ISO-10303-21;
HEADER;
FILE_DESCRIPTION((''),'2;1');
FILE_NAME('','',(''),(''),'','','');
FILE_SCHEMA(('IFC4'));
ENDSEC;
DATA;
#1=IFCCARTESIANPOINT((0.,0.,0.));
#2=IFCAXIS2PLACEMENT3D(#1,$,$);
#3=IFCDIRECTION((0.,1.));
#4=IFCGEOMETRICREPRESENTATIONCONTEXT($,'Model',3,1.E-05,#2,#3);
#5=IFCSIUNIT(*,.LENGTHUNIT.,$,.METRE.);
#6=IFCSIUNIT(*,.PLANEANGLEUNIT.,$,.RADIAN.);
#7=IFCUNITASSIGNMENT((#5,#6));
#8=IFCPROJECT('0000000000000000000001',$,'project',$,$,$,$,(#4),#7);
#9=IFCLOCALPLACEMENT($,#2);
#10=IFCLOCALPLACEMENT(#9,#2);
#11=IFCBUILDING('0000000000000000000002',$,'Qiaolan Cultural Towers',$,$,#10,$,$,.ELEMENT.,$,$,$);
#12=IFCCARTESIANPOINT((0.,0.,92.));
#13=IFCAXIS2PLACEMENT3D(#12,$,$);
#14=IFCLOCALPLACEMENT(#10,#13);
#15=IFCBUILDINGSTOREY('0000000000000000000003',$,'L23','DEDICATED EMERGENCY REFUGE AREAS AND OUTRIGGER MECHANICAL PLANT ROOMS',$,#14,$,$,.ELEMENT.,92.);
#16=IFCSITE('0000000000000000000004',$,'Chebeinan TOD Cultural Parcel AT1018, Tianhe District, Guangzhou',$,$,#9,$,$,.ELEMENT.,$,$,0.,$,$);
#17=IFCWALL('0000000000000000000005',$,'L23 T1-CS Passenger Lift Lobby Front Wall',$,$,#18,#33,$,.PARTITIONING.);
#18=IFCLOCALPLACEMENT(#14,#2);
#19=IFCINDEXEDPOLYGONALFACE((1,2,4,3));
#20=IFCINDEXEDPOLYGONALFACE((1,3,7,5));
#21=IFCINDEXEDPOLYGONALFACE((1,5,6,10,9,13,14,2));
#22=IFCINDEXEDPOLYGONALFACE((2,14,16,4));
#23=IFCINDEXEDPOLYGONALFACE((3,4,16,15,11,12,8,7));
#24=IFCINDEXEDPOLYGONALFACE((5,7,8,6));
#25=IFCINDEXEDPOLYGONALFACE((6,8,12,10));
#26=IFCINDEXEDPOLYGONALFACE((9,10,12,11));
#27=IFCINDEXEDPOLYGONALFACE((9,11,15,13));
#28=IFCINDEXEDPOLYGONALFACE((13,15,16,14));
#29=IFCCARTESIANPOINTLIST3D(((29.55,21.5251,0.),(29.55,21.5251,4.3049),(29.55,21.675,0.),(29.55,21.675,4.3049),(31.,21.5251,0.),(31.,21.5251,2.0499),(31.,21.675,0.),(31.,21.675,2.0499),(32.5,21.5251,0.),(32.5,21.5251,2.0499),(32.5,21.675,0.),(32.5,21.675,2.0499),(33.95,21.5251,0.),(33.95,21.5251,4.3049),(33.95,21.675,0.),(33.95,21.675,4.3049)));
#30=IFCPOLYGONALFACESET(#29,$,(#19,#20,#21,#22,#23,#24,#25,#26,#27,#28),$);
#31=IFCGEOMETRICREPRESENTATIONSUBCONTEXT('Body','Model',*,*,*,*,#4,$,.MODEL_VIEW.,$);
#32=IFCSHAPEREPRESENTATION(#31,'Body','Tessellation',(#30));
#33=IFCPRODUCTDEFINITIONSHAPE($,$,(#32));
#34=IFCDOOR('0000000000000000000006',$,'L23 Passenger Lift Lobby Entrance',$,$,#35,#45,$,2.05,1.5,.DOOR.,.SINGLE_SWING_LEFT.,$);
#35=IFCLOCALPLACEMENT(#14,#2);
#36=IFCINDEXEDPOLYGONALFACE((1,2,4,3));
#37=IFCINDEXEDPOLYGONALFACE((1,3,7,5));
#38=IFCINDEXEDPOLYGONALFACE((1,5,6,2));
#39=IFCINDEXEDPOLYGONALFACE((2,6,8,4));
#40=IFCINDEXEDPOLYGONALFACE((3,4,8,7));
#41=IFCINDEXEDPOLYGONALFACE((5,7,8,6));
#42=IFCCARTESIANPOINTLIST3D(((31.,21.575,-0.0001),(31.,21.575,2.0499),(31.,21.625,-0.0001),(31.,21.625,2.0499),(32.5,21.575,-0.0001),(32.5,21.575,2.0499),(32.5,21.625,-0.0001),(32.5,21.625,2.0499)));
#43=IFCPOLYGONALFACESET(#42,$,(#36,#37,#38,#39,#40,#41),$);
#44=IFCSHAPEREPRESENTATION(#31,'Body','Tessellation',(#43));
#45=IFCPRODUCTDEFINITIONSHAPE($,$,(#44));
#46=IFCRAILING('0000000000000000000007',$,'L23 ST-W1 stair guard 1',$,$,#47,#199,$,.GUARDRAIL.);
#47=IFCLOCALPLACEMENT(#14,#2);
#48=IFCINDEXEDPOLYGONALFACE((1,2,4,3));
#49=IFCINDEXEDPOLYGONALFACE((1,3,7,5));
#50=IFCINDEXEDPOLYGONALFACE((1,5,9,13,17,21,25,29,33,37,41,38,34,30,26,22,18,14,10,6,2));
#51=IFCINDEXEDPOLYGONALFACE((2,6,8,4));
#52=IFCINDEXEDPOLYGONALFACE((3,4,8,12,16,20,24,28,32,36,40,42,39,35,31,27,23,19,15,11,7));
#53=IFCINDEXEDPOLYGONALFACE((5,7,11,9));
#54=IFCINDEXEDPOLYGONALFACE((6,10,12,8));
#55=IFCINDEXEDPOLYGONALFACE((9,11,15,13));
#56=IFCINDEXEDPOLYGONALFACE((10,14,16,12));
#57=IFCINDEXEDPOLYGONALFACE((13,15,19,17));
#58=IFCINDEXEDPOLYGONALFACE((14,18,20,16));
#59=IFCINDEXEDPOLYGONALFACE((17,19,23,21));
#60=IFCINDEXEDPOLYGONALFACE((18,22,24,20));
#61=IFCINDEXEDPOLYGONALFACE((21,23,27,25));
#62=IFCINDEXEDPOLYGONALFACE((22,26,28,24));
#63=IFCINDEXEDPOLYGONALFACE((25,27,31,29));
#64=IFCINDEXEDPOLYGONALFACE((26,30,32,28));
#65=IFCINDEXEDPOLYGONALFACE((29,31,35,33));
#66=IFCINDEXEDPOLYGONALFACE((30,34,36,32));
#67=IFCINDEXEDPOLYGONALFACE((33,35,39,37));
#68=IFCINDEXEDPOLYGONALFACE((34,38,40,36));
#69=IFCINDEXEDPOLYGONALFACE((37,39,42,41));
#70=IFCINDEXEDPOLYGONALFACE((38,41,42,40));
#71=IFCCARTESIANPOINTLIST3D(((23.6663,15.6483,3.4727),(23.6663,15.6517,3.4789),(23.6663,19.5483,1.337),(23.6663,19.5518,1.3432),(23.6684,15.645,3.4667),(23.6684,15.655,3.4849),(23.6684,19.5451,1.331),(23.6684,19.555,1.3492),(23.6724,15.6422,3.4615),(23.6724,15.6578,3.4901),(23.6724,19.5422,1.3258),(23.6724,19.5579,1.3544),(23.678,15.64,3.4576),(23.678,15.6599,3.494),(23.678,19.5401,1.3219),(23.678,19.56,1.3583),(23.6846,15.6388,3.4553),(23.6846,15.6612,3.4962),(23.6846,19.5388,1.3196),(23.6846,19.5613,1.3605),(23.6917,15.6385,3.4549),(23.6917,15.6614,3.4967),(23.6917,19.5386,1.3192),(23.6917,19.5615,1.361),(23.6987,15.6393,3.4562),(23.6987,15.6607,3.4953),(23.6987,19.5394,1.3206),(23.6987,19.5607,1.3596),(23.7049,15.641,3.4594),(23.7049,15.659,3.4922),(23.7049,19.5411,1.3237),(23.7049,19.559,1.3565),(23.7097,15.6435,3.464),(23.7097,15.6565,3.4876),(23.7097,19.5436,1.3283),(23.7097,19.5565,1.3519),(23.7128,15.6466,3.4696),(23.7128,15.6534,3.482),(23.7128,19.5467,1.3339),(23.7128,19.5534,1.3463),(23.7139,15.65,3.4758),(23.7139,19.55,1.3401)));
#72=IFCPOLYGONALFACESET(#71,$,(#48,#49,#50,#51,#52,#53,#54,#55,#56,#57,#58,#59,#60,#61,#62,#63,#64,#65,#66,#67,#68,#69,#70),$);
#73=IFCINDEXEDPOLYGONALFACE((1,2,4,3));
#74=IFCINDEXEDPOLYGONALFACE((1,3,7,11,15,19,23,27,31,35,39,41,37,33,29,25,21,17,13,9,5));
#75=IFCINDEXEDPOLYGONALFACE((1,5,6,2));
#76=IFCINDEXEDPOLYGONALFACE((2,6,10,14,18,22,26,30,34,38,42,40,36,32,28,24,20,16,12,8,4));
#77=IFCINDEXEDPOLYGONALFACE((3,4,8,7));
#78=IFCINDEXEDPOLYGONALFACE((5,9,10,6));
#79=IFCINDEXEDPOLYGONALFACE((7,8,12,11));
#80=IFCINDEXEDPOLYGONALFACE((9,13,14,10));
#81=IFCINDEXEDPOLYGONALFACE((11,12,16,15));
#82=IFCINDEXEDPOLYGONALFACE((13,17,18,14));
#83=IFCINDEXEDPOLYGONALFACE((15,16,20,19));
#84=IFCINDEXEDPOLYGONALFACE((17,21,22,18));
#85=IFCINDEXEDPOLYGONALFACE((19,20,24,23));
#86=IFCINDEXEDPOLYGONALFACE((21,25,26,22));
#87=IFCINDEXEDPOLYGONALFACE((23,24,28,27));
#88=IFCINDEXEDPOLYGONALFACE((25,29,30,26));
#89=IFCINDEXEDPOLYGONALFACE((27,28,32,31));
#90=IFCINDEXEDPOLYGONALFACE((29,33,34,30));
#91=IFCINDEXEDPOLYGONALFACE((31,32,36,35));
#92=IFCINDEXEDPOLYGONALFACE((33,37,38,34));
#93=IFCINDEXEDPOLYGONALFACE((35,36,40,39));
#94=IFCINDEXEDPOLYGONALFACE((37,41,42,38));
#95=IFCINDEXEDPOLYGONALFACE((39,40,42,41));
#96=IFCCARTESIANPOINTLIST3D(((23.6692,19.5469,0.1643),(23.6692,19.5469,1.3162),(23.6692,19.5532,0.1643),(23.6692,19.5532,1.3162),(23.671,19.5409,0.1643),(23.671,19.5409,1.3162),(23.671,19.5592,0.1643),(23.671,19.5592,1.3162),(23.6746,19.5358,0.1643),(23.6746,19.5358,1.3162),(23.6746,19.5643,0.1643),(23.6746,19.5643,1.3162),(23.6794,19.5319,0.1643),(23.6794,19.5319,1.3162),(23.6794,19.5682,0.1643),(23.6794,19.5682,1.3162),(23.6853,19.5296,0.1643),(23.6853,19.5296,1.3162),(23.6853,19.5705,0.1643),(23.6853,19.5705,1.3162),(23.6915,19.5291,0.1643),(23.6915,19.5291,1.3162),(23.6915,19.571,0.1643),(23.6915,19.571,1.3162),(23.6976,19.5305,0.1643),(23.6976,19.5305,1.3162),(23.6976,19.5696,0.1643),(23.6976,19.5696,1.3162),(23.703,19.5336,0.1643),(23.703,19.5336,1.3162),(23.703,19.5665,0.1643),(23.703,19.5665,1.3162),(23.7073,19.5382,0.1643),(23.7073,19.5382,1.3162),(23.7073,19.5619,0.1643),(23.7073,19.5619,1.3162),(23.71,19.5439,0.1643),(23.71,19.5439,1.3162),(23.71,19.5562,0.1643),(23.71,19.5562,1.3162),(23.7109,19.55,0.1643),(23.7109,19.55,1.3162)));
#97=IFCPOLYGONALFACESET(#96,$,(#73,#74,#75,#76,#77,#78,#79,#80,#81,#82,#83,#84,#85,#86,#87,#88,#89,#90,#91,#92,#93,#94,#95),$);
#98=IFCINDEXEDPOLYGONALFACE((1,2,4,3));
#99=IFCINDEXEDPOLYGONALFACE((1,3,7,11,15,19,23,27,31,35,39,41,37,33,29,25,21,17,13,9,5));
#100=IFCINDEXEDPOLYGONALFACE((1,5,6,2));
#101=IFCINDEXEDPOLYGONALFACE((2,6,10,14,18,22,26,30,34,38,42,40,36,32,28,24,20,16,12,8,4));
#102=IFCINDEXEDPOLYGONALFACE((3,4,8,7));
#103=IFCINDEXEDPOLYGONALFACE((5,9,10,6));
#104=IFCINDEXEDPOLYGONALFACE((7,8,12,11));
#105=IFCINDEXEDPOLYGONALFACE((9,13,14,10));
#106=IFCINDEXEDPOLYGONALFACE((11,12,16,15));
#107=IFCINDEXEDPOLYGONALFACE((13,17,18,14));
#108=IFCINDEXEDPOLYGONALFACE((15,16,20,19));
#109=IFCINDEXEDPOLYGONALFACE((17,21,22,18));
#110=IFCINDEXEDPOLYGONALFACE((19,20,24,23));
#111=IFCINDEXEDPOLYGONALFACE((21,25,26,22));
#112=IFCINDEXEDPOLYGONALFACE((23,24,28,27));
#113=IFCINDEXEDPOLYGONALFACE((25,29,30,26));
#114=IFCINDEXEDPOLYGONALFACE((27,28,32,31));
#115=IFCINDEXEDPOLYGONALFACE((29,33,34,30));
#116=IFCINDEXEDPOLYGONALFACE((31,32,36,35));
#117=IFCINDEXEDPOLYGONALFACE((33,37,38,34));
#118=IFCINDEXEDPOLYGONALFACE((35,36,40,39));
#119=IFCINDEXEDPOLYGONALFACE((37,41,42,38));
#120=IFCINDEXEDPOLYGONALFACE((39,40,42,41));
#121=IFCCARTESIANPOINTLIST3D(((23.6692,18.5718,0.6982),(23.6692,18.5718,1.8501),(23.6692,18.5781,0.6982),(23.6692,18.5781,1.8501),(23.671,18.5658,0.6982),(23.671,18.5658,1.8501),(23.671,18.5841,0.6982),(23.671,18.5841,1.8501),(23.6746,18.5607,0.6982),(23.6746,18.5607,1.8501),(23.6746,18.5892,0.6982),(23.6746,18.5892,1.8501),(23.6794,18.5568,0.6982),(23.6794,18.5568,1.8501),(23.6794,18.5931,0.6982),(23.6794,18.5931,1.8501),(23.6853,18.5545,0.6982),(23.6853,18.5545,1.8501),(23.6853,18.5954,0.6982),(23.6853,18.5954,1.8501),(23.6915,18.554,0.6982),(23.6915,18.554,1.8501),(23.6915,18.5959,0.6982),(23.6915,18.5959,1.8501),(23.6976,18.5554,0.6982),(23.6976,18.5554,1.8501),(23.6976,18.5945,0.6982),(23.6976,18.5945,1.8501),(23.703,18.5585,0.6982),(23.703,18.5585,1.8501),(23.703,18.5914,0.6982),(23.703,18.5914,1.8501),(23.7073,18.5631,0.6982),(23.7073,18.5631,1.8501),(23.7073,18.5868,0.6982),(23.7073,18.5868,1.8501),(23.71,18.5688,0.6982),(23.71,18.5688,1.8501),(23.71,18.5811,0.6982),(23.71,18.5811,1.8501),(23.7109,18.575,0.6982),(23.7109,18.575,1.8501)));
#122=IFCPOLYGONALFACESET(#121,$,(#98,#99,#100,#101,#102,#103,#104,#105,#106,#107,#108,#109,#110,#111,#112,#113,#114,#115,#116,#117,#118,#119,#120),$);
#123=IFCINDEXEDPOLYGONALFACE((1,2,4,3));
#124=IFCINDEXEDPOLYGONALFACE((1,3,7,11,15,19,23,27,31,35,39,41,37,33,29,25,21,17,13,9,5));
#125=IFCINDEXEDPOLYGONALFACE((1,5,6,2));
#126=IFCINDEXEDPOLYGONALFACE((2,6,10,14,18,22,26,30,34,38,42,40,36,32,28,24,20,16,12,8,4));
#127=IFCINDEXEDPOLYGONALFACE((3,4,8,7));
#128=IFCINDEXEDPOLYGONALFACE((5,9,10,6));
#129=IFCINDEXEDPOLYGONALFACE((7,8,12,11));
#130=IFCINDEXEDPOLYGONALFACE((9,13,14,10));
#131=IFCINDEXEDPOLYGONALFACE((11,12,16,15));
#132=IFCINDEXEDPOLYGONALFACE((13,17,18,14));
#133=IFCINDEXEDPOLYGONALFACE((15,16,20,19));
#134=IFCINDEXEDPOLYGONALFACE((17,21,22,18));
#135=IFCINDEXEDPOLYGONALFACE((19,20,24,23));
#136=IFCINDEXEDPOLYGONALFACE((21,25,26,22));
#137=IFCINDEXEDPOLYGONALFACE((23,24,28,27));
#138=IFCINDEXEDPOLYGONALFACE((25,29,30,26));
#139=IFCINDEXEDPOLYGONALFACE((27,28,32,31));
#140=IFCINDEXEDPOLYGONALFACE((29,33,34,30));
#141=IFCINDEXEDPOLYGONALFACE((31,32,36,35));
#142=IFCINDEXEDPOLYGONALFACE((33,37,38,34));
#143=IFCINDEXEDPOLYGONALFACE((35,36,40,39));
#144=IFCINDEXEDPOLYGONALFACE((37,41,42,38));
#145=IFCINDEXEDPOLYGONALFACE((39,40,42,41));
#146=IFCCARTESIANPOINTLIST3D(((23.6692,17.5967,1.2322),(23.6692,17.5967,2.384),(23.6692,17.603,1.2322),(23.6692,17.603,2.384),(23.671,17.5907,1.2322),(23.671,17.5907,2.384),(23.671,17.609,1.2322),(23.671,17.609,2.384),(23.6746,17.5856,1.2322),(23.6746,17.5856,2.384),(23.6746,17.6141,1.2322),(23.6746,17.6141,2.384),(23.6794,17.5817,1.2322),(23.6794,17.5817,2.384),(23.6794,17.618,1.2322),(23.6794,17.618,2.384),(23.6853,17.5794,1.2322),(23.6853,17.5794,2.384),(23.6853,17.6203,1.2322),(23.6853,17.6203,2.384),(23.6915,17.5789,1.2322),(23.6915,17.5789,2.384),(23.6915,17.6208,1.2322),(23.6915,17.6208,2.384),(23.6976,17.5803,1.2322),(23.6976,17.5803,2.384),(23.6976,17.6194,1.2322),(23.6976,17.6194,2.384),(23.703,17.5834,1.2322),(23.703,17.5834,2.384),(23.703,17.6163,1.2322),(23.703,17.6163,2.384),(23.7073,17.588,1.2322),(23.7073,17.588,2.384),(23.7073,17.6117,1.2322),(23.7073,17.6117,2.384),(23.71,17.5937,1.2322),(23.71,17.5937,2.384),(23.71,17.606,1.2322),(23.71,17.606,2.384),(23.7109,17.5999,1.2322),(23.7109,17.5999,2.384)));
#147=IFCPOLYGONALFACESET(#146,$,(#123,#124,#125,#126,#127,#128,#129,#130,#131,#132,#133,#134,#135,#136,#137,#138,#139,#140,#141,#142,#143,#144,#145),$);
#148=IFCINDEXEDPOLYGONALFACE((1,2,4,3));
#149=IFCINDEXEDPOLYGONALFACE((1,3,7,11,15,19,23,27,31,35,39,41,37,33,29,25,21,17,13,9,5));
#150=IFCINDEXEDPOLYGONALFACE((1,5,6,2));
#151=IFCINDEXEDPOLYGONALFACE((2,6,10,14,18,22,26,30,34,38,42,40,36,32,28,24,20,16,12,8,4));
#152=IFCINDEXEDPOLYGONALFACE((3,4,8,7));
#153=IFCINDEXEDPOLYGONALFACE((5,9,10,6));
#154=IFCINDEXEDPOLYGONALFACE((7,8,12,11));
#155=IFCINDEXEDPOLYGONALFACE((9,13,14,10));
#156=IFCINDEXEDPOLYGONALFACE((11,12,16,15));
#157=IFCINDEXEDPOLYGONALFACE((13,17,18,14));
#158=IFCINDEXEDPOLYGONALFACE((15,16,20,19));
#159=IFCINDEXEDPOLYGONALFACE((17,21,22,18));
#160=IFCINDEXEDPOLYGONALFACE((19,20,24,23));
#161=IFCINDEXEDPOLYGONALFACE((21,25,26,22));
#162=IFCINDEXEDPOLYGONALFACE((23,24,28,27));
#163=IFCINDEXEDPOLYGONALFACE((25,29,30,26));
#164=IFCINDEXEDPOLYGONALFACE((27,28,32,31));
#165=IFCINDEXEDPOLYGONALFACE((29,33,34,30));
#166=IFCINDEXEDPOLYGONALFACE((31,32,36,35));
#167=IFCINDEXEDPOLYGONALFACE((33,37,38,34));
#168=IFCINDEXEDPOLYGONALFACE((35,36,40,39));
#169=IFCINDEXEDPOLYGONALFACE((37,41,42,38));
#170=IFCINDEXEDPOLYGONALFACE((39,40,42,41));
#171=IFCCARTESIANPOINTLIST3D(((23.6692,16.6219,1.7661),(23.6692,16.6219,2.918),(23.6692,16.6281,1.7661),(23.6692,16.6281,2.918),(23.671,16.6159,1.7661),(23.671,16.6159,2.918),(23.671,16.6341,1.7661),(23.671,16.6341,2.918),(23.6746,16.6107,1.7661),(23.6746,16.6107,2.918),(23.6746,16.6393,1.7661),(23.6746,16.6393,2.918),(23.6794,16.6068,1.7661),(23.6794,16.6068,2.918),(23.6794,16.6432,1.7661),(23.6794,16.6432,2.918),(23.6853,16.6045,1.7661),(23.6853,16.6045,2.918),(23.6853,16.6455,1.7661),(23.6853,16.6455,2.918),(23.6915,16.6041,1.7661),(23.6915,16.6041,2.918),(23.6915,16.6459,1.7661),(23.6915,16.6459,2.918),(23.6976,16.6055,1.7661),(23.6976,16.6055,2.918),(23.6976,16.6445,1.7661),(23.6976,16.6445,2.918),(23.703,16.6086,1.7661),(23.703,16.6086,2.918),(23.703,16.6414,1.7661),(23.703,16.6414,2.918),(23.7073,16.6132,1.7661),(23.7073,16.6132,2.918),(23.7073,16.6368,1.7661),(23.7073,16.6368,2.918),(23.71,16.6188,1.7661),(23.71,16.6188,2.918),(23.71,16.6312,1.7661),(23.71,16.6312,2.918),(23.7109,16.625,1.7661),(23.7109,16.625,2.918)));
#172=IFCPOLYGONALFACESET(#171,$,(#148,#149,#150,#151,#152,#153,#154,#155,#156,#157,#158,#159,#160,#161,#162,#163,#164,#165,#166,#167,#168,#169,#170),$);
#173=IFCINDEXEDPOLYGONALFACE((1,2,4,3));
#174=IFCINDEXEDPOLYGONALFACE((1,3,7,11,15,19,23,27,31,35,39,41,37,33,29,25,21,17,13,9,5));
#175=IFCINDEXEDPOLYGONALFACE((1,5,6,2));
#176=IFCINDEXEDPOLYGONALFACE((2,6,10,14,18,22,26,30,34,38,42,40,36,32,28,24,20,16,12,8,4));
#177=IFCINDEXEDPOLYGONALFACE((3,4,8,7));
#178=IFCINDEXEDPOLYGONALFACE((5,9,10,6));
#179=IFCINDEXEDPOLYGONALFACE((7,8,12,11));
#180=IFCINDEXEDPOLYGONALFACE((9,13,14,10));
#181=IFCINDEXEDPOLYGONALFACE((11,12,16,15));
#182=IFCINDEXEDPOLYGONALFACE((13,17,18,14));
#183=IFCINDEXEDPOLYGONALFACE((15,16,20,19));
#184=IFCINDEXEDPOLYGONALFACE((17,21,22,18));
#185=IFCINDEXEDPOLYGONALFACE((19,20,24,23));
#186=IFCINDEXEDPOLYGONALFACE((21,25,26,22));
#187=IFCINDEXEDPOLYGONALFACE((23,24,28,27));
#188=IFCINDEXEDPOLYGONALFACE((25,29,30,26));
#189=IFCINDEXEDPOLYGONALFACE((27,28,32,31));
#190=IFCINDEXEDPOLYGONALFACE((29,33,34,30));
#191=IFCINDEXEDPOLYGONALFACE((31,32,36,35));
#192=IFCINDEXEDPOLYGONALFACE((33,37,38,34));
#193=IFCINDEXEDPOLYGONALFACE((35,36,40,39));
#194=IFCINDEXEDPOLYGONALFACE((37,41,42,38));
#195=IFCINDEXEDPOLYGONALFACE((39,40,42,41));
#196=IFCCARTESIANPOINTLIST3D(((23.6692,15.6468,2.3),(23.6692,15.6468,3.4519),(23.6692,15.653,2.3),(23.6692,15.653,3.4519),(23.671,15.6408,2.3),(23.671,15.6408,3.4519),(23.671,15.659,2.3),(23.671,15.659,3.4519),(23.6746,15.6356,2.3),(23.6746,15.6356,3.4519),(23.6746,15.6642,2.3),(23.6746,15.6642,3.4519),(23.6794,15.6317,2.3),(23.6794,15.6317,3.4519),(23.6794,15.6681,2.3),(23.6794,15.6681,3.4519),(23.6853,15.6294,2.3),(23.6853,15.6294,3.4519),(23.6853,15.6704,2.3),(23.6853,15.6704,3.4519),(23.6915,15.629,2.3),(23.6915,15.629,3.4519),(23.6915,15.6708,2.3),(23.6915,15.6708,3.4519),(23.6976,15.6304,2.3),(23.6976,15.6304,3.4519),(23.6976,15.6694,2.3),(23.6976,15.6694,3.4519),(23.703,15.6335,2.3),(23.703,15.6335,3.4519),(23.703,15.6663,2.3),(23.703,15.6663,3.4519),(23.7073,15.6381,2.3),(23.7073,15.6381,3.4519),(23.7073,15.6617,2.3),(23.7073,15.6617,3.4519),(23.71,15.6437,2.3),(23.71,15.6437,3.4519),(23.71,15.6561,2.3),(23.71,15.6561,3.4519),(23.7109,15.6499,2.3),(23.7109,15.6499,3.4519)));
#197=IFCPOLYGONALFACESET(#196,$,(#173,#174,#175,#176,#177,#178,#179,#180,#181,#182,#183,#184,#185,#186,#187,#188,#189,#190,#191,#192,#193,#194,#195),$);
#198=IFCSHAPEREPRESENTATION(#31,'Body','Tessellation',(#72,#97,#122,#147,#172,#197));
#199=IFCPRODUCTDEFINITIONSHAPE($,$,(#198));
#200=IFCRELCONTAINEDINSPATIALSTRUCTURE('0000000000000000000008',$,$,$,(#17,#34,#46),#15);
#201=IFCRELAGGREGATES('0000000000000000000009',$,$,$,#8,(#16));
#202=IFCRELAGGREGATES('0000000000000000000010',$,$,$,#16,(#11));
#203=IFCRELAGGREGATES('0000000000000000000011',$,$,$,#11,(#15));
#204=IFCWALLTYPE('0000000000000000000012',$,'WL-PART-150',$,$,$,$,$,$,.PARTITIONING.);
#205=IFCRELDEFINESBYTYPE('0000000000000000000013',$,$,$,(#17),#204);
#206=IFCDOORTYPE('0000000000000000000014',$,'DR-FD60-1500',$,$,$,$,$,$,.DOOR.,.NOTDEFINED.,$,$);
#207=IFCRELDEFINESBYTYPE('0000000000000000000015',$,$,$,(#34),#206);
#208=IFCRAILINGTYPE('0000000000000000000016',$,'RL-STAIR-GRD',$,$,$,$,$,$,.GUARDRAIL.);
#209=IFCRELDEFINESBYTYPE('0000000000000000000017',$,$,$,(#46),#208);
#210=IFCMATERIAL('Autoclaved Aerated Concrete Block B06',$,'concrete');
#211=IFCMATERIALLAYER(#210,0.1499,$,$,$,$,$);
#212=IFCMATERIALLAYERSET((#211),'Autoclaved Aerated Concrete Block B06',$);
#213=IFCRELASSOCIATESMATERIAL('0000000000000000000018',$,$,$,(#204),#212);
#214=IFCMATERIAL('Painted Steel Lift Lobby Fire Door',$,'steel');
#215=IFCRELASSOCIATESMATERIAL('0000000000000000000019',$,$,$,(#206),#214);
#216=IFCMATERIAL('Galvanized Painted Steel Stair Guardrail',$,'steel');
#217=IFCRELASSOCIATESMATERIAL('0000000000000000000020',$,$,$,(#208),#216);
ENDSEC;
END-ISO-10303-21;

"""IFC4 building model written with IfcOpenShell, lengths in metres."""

from ifc_helpers import new_model, si_unit, direction, frame, frame_2d, origin, origin_2d, place, context, subcontext, project, spatial, rectangle, circle, extrude, material, layer, layer_set, type_object, element, fill, save


model = new_model("IFC4")

# Units and contexts
model_context = context("Model", 3, precision=1e-05, world=origin(), true_north=direction((0.0, 1.0)))
body_context = subcontext(model_context, "Body", "Model", "MODEL_VIEW")
ifc_project = project(units=[si_unit("LENGTHUNIT", "METRE"), si_unit("PLANEANGLEUNIT", "RADIAN")], contexts=[model_context])

# Site, building, storey
site_placement = place(None, origin())
site = spatial("IfcSite", under=ifc_project, at=site_placement, Name="Chebeinan TOD Cultural Parcel AT1018, Tianhe District, Guangzhou", CompositionType="ELEMENT", RefElevation=0.0)
building_placement = place(site_placement, origin())
building = spatial("IfcBuilding", under=site, at=building_placement, Name="Qiaolan Cultural Towers", CompositionType="ELEMENT")
storey_placement = place(building_placement, frame((0.0, 0.0, 92.0)))
storey = spatial("IfcBuildingStorey", under=building, at=storey_placement, Name="L23", Description="DEDICATED EMERGENCY REFUGE AREAS AND OUTRIGGER MECHANICAL PLANT ROOMS", CompositionType="ELEMENT", Elevation=92.0)

# Wall, opening, door
ifc_material_1 = material(Name="Autoclaved Aerated Concrete Block B06", Category="concrete")
ifc_layer_1 = layer(ifc_material_1, 0.1499)
ifc_layer_set_1 = layer_set([ifc_layer_1], Name="Autoclaved Aerated Concrete Block B06")
wall_type_1 = type_object("IfcWallType", Name="WL-PART-150", PredefinedType="PARTITIONING", material=ifc_layer_set_1)
wall_1_placement = place(storey_placement, frame((29.55, 21.6001, 0.0), z_axis=(0.0, 0.0, 1.0), x_axis=(1.0, 0.0, 0.0)))
wall_1 = element("IfcWall", 1, at=wall_1_placement, inside=storey, type_object=wall_type_1, Name="L23 T1-CS Passenger Lift Lobby Front Wall", PredefinedType="PARTITIONING", context=body_context, shape_type="SweptSolid", body=[
    extrude(rectangle(XDim=4.3999, YDim=0.1499, at=frame_2d((2.2, 0.0))), origin(), (0.0, 0.0, 1.0), 4.3049),
])
opening_1_placement = place(wall_1_placement, frame((1.45, 0.0, 0.0)))
opening_1 = element("IfcOpeningElement", 2, at=opening_1_placement, cuts=wall_1, PredefinedType="OPENING", context=body_context, shape_type="SweptSolid", body=[
    extrude(rectangle(XDim=1.5, YDim=2.05, at=frame_2d((0.75, 1.0249))), frame((0.0, 0.085, 0.0), z_axis=(0.0, -1.0, 0.0), x_axis=(1.0, 0.0, 0.0)), (0.0, 0.0, 1.0), 0.1699),
])
ifc_material_2 = material(Name="Painted Steel Lift Lobby Fire Door", Category="steel")
door_type_1 = type_object("IfcDoorType", Name="DR-FD60-1500", OperationType="NOTDEFINED", PredefinedType="DOOR", material=ifc_material_2)
door_1_placement = place(opening_1_placement, origin())
door_1 = element("IfcDoor", 3, at=door_1_placement, inside=storey, type_object=door_type_1, Name="L23 Passenger Lift Lobby Entrance", OperationType="SINGLE_SWING_LEFT", OverallHeight=2.05, OverallWidth=1.5, PredefinedType="DOOR", context=body_context, shape_type="SweptSolid", body=[
    extrude(rectangle(XDim=1.5, YDim=2.05, at=frame_2d((0.75, 1.0249))), frame((0.0, 0.0249, 0.0), z_axis=(0.0, -1.0, 0.0), x_axis=(1.0, 0.0, 0.0)), (0.0, 0.0, 1.0), 0.05),
])
fill(opening_1, door_1)

# Railing
ifc_material_3 = material(Name="Galvanized Painted Steel Stair Guardrail", Category="steel")
railing_type = type_object("IfcRailingType", Name="RL-STAIR-GRD", PredefinedType="GUARDRAIL", material=ifc_material_3)
railing_1_placement = place(storey_placement, frame((23.6899, 19.55, 0.1643)))
element("IfcRailing", 4, at=railing_1_placement, inside=storey, type_object=railing_type, Name="L23 ST-W1 stair guard 1", PredefinedType="GUARDRAIL", context=body_context, shape_type="SweptSolid", body=[
    extrude(circle(Radius=0.0239, at=origin_2d()), frame((0.0, 0.0, 1.1758), z_axis=(0.0, -0.877101, 0.480306), x_axis=(1.0, 0.0, 0.0)), (0.0, 0.0, 1.0), 4.4465),
    extrude(circle(Radius=0.021, at=origin_2d()), origin(), (0.0, 0.0, 1.0), 1.1519),
    extrude(circle(Radius=0.021, at=origin_2d()), frame((0.0, -0.9751, 0.5339)), (0.0, 0.0, 1.0), 1.1519),
    extrude(circle(Radius=0.021, at=origin_2d()), frame((0.0, -1.9502, 1.0679)), (0.0, 0.0, 1.0), 1.1519),
    extrude(circle(Radius=0.021, at=origin_2d()), frame((0.0, -2.925, 1.6018)), (0.0, 0.0, 1.0), 1.1519),
    extrude(circle(Radius=0.021, at=origin_2d()), frame((0.0, -3.9001, 2.1357)), (0.0, 0.0, 1.0), 1.1519),
])

save(model, "model.ifc")
